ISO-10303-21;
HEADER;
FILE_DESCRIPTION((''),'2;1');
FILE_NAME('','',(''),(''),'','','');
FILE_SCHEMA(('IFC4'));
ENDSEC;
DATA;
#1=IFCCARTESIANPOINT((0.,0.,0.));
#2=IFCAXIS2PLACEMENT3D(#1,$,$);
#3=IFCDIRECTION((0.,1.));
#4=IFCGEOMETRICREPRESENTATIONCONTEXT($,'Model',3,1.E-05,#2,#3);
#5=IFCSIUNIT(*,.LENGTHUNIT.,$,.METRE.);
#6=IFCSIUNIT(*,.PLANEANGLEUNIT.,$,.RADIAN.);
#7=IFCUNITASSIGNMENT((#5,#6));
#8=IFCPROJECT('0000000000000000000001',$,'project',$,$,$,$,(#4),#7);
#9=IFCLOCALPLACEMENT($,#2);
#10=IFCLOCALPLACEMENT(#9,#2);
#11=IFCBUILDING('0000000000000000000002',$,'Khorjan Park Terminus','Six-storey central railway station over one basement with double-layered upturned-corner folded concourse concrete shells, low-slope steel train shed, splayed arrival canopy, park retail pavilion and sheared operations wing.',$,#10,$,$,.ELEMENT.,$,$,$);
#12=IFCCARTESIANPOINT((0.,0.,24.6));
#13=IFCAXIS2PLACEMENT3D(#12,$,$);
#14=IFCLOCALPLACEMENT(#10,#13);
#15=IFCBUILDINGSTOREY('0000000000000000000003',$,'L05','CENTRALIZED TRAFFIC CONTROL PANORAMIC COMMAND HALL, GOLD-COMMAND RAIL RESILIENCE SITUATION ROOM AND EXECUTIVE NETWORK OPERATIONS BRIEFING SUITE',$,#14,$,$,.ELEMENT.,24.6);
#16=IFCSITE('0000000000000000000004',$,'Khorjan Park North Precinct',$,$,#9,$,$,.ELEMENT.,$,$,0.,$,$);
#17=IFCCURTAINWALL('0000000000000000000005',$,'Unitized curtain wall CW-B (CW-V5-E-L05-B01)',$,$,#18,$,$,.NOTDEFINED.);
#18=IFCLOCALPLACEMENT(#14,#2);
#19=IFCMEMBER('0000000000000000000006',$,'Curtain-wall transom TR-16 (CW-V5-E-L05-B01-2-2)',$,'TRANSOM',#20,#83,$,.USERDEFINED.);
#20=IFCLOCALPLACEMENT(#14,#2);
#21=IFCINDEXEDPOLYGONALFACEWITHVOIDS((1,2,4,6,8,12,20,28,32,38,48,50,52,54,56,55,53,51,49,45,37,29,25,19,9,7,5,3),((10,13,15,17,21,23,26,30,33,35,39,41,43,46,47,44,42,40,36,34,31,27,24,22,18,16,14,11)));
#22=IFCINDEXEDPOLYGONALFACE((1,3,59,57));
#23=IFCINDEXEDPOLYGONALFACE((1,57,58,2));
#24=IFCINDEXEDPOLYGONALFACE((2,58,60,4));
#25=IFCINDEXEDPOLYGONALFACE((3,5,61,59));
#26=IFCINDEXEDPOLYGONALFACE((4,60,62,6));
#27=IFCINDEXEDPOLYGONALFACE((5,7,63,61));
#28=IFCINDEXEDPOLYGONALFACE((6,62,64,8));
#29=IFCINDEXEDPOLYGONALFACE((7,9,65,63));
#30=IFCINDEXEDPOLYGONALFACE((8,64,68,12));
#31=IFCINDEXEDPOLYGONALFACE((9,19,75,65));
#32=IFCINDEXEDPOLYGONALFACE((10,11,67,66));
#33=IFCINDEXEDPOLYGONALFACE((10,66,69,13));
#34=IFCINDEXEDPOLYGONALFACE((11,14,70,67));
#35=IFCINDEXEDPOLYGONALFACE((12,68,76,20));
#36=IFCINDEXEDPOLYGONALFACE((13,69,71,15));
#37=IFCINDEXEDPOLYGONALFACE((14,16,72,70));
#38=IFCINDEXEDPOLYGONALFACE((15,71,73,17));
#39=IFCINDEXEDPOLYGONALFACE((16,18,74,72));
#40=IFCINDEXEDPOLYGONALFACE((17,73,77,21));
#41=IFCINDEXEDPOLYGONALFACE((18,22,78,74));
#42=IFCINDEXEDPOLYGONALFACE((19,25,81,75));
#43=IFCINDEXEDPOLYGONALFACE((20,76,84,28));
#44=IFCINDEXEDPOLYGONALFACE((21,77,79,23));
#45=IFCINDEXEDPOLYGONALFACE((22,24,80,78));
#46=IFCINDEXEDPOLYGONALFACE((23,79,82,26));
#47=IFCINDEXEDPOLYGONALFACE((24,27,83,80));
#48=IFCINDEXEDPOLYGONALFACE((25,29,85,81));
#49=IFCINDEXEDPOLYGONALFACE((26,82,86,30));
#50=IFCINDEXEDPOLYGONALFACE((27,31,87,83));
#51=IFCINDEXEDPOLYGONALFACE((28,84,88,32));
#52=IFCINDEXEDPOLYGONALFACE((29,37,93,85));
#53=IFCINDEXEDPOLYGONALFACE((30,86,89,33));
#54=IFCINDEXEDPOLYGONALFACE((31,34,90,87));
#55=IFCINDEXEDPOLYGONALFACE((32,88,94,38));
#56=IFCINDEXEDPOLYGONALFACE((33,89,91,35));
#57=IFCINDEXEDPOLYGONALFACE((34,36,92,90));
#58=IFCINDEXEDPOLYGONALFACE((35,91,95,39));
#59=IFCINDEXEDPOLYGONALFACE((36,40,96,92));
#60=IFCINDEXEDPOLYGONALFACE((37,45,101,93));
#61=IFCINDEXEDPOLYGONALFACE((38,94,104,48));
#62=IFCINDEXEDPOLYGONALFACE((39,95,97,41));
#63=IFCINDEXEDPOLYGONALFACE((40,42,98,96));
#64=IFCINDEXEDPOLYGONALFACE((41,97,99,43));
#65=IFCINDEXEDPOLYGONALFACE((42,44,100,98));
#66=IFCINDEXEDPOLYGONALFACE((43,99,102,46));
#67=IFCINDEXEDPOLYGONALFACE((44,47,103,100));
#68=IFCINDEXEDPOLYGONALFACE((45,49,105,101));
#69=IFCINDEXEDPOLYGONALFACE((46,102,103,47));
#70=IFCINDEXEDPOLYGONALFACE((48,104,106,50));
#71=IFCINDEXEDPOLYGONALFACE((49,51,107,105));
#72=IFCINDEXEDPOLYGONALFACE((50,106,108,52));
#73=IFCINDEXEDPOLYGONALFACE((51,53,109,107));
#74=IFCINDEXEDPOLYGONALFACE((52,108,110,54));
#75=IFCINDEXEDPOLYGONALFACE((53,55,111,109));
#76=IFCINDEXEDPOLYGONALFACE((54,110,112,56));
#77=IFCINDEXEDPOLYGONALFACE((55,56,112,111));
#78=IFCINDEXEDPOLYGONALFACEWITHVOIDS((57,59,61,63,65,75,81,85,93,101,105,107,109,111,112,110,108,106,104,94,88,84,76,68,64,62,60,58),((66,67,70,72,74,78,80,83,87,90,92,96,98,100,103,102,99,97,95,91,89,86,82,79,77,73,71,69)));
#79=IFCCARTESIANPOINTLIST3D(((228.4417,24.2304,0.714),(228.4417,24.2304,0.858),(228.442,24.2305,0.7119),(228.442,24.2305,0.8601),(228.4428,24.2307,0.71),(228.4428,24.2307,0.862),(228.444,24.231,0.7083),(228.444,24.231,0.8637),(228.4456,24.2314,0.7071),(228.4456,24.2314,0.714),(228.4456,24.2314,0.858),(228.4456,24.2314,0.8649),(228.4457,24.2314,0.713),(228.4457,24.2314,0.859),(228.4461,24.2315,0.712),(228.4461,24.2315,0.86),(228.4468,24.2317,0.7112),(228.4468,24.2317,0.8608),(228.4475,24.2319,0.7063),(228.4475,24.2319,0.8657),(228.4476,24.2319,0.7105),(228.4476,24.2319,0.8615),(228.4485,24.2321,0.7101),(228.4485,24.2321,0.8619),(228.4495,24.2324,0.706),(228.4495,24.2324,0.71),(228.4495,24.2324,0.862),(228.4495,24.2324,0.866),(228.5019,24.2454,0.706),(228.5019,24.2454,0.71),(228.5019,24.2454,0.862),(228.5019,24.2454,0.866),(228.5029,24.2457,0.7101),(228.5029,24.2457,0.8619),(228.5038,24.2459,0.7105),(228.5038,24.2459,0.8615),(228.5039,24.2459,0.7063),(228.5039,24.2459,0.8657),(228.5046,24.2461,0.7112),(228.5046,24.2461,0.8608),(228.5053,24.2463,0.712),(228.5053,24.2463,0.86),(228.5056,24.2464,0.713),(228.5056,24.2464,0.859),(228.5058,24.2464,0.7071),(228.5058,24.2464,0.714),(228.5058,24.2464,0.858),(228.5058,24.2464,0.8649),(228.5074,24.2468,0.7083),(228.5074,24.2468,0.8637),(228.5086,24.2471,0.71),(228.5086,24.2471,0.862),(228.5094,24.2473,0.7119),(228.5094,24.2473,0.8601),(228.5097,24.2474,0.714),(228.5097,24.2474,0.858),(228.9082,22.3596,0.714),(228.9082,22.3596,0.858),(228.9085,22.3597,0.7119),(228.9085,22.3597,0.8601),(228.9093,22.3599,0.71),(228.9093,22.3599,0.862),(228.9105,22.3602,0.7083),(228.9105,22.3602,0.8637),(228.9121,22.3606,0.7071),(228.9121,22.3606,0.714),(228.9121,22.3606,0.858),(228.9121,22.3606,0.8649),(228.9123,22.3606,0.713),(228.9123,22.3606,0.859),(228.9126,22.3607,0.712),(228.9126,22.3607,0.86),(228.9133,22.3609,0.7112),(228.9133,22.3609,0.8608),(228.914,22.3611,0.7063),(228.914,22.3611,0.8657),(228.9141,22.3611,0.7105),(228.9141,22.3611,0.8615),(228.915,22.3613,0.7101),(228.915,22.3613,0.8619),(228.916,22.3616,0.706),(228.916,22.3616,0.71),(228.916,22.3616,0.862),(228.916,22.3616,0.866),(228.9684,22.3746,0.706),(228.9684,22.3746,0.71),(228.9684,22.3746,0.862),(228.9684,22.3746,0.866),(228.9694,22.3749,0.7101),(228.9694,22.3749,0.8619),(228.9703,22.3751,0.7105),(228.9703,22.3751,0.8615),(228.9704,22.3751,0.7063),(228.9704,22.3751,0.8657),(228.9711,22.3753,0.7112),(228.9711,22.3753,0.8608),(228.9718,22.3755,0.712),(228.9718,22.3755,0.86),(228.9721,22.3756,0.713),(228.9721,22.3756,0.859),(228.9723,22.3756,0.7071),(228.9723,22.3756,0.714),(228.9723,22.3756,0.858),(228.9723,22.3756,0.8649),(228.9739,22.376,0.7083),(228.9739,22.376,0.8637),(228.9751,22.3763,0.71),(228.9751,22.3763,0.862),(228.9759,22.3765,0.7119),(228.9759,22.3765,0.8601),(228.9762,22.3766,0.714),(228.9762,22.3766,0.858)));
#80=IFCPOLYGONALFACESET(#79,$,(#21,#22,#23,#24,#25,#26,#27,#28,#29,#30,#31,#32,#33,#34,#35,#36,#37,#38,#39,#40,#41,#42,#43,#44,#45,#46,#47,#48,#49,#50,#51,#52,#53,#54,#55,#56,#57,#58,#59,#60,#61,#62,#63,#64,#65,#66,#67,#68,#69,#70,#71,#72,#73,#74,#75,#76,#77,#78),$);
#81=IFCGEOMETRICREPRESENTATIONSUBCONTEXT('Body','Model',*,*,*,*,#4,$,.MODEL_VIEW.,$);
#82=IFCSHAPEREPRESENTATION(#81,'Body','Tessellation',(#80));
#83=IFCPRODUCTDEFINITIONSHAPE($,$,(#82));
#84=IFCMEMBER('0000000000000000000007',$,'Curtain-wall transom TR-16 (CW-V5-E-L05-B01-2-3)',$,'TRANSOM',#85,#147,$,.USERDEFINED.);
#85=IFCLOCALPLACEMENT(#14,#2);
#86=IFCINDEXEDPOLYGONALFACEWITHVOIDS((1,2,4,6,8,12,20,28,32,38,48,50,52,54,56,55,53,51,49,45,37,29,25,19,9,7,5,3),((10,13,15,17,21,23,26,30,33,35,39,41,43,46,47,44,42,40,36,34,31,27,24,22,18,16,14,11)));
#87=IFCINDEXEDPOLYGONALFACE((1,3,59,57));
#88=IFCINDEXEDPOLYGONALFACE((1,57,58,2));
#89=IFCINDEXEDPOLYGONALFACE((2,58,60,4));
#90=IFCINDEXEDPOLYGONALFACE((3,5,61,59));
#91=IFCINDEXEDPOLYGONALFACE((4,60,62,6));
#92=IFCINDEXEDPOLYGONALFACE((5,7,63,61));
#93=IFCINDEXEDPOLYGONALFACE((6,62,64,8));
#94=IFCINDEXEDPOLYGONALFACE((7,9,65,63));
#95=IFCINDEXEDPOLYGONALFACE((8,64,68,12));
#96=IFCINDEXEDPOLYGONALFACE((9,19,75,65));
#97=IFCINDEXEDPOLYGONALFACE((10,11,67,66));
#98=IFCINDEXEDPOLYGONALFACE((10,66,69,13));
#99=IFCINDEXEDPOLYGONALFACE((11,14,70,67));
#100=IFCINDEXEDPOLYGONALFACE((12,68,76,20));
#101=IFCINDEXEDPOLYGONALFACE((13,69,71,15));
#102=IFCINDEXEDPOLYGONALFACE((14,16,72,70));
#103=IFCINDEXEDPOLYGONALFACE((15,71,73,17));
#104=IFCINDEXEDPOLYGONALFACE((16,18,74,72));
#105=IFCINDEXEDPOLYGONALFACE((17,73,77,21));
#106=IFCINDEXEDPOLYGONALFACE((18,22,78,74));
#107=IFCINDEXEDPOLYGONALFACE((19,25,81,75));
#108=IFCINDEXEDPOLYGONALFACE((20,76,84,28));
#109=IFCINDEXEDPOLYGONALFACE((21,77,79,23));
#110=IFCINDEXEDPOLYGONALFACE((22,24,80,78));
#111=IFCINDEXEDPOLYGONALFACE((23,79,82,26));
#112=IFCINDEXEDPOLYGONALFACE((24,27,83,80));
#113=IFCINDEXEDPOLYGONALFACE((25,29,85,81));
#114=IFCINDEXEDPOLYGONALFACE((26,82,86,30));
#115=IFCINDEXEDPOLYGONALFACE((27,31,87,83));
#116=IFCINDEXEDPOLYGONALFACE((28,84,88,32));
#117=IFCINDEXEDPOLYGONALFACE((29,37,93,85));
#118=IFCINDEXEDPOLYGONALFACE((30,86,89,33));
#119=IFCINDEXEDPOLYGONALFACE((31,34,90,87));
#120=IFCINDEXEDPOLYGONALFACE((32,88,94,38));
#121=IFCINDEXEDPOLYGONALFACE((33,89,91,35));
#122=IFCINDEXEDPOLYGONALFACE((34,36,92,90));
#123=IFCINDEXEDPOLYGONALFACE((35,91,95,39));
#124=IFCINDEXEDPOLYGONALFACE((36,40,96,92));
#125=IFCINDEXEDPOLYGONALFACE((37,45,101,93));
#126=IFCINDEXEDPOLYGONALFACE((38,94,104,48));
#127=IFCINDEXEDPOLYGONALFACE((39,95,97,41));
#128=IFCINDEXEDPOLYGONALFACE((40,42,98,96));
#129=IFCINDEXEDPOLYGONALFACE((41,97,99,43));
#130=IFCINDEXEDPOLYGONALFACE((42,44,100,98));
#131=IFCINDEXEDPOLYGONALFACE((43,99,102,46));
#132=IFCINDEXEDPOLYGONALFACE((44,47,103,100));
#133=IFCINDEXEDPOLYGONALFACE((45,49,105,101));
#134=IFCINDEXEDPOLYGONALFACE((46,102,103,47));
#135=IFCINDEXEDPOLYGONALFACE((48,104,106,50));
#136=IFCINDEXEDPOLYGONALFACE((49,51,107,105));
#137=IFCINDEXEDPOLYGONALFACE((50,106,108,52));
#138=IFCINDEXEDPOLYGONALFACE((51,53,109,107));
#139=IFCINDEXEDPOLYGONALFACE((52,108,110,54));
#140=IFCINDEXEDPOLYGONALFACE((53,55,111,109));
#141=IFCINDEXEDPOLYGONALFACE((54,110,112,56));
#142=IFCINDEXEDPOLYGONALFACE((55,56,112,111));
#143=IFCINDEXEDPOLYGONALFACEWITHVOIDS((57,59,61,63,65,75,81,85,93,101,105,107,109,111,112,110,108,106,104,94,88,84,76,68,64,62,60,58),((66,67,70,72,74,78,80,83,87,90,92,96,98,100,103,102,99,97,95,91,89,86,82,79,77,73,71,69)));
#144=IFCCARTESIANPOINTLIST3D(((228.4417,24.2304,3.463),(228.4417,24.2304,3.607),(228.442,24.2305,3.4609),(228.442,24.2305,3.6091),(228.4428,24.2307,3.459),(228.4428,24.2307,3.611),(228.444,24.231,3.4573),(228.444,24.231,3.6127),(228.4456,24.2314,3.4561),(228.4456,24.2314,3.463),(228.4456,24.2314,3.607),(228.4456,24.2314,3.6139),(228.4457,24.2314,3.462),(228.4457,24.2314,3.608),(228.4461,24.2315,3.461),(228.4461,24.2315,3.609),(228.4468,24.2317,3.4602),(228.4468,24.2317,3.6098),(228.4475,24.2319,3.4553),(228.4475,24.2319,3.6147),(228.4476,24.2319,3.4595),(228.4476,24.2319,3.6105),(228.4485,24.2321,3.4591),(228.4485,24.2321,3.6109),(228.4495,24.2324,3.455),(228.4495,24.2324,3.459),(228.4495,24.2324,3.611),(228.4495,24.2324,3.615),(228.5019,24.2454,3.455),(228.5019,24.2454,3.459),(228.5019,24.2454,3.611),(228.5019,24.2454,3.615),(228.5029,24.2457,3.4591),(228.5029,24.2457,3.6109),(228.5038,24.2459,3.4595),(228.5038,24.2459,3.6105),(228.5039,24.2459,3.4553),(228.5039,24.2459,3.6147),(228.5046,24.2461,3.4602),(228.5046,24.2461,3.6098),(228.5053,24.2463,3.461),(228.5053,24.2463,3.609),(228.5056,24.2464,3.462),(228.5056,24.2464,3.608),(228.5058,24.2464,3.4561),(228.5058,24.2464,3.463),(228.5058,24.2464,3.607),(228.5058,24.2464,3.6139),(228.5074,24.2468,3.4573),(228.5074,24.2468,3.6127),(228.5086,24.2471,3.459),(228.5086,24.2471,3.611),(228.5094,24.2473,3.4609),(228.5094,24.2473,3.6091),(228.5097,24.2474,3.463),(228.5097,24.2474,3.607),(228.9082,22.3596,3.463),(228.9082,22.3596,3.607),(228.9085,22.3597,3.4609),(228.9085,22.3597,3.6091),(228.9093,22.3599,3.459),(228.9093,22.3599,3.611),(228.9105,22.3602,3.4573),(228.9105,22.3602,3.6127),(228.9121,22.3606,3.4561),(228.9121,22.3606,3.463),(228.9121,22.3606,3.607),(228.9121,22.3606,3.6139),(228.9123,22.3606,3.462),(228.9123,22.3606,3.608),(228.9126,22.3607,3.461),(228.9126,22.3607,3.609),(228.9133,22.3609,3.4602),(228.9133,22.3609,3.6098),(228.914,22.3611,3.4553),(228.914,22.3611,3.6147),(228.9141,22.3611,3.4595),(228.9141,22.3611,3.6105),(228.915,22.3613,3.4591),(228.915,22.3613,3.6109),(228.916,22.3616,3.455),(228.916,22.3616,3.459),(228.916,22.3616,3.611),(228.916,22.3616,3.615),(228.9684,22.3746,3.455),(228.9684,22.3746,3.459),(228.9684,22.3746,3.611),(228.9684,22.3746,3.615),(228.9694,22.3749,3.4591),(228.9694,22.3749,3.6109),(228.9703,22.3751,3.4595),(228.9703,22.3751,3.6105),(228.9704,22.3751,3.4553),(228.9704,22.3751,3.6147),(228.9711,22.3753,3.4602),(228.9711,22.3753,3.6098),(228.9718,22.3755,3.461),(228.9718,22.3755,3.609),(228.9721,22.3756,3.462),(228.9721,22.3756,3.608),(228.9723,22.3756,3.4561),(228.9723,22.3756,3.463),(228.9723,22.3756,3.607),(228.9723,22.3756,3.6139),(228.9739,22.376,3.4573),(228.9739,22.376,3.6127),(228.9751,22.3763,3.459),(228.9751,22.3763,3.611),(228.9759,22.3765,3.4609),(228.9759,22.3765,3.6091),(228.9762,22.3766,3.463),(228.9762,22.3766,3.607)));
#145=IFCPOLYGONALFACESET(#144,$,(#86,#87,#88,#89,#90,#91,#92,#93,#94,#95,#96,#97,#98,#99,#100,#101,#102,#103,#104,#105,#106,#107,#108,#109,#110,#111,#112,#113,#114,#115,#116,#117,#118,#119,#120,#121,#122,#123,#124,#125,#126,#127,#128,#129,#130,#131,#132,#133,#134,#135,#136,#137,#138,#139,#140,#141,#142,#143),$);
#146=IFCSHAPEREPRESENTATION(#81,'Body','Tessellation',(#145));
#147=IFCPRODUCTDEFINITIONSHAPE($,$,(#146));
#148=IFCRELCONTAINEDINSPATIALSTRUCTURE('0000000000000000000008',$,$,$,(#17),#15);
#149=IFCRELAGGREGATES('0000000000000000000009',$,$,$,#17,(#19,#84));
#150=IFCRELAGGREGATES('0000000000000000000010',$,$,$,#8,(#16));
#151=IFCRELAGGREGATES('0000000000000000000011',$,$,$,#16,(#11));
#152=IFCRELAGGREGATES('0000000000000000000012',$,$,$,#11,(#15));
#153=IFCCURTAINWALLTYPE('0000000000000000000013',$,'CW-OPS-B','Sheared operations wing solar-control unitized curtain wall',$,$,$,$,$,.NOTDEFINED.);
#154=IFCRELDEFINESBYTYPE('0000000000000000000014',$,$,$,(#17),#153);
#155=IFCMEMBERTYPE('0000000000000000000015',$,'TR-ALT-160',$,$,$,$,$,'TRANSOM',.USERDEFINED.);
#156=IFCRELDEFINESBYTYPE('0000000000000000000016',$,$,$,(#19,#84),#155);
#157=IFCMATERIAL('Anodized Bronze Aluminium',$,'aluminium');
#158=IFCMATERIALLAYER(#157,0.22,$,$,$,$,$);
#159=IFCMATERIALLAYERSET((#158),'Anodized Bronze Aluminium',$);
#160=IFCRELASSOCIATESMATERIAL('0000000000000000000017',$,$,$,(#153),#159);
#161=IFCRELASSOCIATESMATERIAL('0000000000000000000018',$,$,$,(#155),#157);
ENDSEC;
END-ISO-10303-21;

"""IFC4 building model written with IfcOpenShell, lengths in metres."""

from ifc_helpers import new_model, si_unit, direction, frame, origin, origin_2d, place, context, subcontext, project, spatial, hollow_rectangle, extrude, material, layer, layer_set, material_profile, profile_set, type_object, element, aggregate, save


model = new_model("IFC4")

# Units and contexts
model_context = context("Model", 3, precision=1e-05, world=origin(), true_north=direction((0.0, 1.0)))
body_context = subcontext(model_context, "Body", "Model", "MODEL_VIEW")
ifc_project = project(units=[si_unit("LENGTHUNIT", "METRE"), si_unit("PLANEANGLEUNIT", "RADIAN")], contexts=[model_context])

# Site, building, storey
site_placement = place(None, origin())
site = spatial("IfcSite", under=ifc_project, at=site_placement, Name="Khorjan Park North Precinct", CompositionType="ELEMENT", RefElevation=0.0)
building_placement = place(site_placement, origin())
building = spatial("IfcBuilding", under=site, at=building_placement, Name="Khorjan Park Terminus", Description="Six-storey central railway station over one basement with double-layered upturned-corner folded concourse concrete shells, low-slope steel train shed, splayed arrival canopy, park retail pavilion and sheared operations wing.", CompositionType="ELEMENT")
storey_placement = place(building_placement, frame((0.0, 0.0, 24.6)))
storey = spatial("IfcBuildingStorey", under=building, at=storey_placement, Name="L05", Description="CENTRALIZED TRAFFIC CONTROL PANORAMIC COMMAND HALL, GOLD-COMMAND RAIL RESILIENCE SITUATION ROOM AND EXECUTIVE NETWORK OPERATIONS BRIEFING SUITE", CompositionType="ELEMENT", Elevation=24.6)

# Curtain wall, members
ifc_material_1 = material(Name="Anodized Bronze Aluminium", Category="aluminium")
ifc_layer_1 = layer(ifc_material_1, 0.22)
ifc_layer_set_1 = layer_set([ifc_layer_1], Name="Anodized Bronze Aluminium")
curtain_wall_type = type_object("IfcCurtainWallType", Name="CW-OPS-B", Description="Sheared operations wing solar-control unitized curtain wall", PredefinedType="NOTDEFINED", material=ifc_layer_set_1)
curtain_wall_placement = place(storey_placement, origin())
curtain_wall = element("IfcCurtainWall", 1, at=curtain_wall_placement, inside=storey, type_object=curtain_wall_type, Name="Unitized curtain wall CW-B (CW-V5-E-L05-B01)", PredefinedType="NOTDEFINED")
ifc_material_profile_1 = material_profile(ifc_material_1, hollow_rectangle(XDim=0.07, YDim=0.16, WallThickness=0.004, InnerFilletRadius=0.004, OuterFilletRadius=0.008, at=origin_2d()), Name="ALT 70x160x4")
ifc_profile_set_1 = profile_set([ifc_material_profile_1], Name="Anodized Bronze Aluminium")
member_type_1 = type_object("IfcMemberType", Name="TR-ALT-160", ElementType="TRANSOM", PredefinedType="USERDEFINED", material=ifc_profile_set_1)
member_1_placement = place(storey_placement, frame((228.9422, 22.3681, 0.786), z_axis=(-0.24195, 0.970289, 0.0), x_axis=(-0.970289, -0.24195, 0.0)))
member_1 = element("IfcMember", 2, at=member_1_placement, type_object=member_type_1, Name="Curtain-wall transom TR-16 (CW-V5-E-L05-B01-2-2)", ObjectType="TRANSOM", PredefinedType="USERDEFINED", context=body_context, shape_type="SweptSolid", body=[
    extrude(hollow_rectangle(XDim=0.07, YDim=0.16, WallThickness=0.004, InnerFilletRadius=0.004, OuterFilletRadius=0.008, at=origin_2d()), origin(), (0.0, 0.0, 1.0), 1.9281),
])
member_2_placement = place(storey_placement, frame((228.9422, 22.3681, 3.535), z_axis=(-0.24195, 0.970289, 0.0), x_axis=(-0.970289, -0.24195, 0.0)))
member_2 = element("IfcMember", 3, at=member_2_placement, type_object=member_type_1, Name="Curtain-wall transom TR-16 (CW-V5-E-L05-B01-2-3)", ObjectType="TRANSOM", PredefinedType="USERDEFINED", context=body_context, shape_type="SweptSolid", body=[
    extrude(hollow_rectangle(XDim=0.07, YDim=0.16, WallThickness=0.004, InnerFilletRadius=0.004, OuterFilletRadius=0.008, at=origin_2d()), origin(), (0.0, 0.0, 1.0), 1.9281),
])
aggregate(curtain_wall, [member_1, member_2])

save(model, "model.ifc")
